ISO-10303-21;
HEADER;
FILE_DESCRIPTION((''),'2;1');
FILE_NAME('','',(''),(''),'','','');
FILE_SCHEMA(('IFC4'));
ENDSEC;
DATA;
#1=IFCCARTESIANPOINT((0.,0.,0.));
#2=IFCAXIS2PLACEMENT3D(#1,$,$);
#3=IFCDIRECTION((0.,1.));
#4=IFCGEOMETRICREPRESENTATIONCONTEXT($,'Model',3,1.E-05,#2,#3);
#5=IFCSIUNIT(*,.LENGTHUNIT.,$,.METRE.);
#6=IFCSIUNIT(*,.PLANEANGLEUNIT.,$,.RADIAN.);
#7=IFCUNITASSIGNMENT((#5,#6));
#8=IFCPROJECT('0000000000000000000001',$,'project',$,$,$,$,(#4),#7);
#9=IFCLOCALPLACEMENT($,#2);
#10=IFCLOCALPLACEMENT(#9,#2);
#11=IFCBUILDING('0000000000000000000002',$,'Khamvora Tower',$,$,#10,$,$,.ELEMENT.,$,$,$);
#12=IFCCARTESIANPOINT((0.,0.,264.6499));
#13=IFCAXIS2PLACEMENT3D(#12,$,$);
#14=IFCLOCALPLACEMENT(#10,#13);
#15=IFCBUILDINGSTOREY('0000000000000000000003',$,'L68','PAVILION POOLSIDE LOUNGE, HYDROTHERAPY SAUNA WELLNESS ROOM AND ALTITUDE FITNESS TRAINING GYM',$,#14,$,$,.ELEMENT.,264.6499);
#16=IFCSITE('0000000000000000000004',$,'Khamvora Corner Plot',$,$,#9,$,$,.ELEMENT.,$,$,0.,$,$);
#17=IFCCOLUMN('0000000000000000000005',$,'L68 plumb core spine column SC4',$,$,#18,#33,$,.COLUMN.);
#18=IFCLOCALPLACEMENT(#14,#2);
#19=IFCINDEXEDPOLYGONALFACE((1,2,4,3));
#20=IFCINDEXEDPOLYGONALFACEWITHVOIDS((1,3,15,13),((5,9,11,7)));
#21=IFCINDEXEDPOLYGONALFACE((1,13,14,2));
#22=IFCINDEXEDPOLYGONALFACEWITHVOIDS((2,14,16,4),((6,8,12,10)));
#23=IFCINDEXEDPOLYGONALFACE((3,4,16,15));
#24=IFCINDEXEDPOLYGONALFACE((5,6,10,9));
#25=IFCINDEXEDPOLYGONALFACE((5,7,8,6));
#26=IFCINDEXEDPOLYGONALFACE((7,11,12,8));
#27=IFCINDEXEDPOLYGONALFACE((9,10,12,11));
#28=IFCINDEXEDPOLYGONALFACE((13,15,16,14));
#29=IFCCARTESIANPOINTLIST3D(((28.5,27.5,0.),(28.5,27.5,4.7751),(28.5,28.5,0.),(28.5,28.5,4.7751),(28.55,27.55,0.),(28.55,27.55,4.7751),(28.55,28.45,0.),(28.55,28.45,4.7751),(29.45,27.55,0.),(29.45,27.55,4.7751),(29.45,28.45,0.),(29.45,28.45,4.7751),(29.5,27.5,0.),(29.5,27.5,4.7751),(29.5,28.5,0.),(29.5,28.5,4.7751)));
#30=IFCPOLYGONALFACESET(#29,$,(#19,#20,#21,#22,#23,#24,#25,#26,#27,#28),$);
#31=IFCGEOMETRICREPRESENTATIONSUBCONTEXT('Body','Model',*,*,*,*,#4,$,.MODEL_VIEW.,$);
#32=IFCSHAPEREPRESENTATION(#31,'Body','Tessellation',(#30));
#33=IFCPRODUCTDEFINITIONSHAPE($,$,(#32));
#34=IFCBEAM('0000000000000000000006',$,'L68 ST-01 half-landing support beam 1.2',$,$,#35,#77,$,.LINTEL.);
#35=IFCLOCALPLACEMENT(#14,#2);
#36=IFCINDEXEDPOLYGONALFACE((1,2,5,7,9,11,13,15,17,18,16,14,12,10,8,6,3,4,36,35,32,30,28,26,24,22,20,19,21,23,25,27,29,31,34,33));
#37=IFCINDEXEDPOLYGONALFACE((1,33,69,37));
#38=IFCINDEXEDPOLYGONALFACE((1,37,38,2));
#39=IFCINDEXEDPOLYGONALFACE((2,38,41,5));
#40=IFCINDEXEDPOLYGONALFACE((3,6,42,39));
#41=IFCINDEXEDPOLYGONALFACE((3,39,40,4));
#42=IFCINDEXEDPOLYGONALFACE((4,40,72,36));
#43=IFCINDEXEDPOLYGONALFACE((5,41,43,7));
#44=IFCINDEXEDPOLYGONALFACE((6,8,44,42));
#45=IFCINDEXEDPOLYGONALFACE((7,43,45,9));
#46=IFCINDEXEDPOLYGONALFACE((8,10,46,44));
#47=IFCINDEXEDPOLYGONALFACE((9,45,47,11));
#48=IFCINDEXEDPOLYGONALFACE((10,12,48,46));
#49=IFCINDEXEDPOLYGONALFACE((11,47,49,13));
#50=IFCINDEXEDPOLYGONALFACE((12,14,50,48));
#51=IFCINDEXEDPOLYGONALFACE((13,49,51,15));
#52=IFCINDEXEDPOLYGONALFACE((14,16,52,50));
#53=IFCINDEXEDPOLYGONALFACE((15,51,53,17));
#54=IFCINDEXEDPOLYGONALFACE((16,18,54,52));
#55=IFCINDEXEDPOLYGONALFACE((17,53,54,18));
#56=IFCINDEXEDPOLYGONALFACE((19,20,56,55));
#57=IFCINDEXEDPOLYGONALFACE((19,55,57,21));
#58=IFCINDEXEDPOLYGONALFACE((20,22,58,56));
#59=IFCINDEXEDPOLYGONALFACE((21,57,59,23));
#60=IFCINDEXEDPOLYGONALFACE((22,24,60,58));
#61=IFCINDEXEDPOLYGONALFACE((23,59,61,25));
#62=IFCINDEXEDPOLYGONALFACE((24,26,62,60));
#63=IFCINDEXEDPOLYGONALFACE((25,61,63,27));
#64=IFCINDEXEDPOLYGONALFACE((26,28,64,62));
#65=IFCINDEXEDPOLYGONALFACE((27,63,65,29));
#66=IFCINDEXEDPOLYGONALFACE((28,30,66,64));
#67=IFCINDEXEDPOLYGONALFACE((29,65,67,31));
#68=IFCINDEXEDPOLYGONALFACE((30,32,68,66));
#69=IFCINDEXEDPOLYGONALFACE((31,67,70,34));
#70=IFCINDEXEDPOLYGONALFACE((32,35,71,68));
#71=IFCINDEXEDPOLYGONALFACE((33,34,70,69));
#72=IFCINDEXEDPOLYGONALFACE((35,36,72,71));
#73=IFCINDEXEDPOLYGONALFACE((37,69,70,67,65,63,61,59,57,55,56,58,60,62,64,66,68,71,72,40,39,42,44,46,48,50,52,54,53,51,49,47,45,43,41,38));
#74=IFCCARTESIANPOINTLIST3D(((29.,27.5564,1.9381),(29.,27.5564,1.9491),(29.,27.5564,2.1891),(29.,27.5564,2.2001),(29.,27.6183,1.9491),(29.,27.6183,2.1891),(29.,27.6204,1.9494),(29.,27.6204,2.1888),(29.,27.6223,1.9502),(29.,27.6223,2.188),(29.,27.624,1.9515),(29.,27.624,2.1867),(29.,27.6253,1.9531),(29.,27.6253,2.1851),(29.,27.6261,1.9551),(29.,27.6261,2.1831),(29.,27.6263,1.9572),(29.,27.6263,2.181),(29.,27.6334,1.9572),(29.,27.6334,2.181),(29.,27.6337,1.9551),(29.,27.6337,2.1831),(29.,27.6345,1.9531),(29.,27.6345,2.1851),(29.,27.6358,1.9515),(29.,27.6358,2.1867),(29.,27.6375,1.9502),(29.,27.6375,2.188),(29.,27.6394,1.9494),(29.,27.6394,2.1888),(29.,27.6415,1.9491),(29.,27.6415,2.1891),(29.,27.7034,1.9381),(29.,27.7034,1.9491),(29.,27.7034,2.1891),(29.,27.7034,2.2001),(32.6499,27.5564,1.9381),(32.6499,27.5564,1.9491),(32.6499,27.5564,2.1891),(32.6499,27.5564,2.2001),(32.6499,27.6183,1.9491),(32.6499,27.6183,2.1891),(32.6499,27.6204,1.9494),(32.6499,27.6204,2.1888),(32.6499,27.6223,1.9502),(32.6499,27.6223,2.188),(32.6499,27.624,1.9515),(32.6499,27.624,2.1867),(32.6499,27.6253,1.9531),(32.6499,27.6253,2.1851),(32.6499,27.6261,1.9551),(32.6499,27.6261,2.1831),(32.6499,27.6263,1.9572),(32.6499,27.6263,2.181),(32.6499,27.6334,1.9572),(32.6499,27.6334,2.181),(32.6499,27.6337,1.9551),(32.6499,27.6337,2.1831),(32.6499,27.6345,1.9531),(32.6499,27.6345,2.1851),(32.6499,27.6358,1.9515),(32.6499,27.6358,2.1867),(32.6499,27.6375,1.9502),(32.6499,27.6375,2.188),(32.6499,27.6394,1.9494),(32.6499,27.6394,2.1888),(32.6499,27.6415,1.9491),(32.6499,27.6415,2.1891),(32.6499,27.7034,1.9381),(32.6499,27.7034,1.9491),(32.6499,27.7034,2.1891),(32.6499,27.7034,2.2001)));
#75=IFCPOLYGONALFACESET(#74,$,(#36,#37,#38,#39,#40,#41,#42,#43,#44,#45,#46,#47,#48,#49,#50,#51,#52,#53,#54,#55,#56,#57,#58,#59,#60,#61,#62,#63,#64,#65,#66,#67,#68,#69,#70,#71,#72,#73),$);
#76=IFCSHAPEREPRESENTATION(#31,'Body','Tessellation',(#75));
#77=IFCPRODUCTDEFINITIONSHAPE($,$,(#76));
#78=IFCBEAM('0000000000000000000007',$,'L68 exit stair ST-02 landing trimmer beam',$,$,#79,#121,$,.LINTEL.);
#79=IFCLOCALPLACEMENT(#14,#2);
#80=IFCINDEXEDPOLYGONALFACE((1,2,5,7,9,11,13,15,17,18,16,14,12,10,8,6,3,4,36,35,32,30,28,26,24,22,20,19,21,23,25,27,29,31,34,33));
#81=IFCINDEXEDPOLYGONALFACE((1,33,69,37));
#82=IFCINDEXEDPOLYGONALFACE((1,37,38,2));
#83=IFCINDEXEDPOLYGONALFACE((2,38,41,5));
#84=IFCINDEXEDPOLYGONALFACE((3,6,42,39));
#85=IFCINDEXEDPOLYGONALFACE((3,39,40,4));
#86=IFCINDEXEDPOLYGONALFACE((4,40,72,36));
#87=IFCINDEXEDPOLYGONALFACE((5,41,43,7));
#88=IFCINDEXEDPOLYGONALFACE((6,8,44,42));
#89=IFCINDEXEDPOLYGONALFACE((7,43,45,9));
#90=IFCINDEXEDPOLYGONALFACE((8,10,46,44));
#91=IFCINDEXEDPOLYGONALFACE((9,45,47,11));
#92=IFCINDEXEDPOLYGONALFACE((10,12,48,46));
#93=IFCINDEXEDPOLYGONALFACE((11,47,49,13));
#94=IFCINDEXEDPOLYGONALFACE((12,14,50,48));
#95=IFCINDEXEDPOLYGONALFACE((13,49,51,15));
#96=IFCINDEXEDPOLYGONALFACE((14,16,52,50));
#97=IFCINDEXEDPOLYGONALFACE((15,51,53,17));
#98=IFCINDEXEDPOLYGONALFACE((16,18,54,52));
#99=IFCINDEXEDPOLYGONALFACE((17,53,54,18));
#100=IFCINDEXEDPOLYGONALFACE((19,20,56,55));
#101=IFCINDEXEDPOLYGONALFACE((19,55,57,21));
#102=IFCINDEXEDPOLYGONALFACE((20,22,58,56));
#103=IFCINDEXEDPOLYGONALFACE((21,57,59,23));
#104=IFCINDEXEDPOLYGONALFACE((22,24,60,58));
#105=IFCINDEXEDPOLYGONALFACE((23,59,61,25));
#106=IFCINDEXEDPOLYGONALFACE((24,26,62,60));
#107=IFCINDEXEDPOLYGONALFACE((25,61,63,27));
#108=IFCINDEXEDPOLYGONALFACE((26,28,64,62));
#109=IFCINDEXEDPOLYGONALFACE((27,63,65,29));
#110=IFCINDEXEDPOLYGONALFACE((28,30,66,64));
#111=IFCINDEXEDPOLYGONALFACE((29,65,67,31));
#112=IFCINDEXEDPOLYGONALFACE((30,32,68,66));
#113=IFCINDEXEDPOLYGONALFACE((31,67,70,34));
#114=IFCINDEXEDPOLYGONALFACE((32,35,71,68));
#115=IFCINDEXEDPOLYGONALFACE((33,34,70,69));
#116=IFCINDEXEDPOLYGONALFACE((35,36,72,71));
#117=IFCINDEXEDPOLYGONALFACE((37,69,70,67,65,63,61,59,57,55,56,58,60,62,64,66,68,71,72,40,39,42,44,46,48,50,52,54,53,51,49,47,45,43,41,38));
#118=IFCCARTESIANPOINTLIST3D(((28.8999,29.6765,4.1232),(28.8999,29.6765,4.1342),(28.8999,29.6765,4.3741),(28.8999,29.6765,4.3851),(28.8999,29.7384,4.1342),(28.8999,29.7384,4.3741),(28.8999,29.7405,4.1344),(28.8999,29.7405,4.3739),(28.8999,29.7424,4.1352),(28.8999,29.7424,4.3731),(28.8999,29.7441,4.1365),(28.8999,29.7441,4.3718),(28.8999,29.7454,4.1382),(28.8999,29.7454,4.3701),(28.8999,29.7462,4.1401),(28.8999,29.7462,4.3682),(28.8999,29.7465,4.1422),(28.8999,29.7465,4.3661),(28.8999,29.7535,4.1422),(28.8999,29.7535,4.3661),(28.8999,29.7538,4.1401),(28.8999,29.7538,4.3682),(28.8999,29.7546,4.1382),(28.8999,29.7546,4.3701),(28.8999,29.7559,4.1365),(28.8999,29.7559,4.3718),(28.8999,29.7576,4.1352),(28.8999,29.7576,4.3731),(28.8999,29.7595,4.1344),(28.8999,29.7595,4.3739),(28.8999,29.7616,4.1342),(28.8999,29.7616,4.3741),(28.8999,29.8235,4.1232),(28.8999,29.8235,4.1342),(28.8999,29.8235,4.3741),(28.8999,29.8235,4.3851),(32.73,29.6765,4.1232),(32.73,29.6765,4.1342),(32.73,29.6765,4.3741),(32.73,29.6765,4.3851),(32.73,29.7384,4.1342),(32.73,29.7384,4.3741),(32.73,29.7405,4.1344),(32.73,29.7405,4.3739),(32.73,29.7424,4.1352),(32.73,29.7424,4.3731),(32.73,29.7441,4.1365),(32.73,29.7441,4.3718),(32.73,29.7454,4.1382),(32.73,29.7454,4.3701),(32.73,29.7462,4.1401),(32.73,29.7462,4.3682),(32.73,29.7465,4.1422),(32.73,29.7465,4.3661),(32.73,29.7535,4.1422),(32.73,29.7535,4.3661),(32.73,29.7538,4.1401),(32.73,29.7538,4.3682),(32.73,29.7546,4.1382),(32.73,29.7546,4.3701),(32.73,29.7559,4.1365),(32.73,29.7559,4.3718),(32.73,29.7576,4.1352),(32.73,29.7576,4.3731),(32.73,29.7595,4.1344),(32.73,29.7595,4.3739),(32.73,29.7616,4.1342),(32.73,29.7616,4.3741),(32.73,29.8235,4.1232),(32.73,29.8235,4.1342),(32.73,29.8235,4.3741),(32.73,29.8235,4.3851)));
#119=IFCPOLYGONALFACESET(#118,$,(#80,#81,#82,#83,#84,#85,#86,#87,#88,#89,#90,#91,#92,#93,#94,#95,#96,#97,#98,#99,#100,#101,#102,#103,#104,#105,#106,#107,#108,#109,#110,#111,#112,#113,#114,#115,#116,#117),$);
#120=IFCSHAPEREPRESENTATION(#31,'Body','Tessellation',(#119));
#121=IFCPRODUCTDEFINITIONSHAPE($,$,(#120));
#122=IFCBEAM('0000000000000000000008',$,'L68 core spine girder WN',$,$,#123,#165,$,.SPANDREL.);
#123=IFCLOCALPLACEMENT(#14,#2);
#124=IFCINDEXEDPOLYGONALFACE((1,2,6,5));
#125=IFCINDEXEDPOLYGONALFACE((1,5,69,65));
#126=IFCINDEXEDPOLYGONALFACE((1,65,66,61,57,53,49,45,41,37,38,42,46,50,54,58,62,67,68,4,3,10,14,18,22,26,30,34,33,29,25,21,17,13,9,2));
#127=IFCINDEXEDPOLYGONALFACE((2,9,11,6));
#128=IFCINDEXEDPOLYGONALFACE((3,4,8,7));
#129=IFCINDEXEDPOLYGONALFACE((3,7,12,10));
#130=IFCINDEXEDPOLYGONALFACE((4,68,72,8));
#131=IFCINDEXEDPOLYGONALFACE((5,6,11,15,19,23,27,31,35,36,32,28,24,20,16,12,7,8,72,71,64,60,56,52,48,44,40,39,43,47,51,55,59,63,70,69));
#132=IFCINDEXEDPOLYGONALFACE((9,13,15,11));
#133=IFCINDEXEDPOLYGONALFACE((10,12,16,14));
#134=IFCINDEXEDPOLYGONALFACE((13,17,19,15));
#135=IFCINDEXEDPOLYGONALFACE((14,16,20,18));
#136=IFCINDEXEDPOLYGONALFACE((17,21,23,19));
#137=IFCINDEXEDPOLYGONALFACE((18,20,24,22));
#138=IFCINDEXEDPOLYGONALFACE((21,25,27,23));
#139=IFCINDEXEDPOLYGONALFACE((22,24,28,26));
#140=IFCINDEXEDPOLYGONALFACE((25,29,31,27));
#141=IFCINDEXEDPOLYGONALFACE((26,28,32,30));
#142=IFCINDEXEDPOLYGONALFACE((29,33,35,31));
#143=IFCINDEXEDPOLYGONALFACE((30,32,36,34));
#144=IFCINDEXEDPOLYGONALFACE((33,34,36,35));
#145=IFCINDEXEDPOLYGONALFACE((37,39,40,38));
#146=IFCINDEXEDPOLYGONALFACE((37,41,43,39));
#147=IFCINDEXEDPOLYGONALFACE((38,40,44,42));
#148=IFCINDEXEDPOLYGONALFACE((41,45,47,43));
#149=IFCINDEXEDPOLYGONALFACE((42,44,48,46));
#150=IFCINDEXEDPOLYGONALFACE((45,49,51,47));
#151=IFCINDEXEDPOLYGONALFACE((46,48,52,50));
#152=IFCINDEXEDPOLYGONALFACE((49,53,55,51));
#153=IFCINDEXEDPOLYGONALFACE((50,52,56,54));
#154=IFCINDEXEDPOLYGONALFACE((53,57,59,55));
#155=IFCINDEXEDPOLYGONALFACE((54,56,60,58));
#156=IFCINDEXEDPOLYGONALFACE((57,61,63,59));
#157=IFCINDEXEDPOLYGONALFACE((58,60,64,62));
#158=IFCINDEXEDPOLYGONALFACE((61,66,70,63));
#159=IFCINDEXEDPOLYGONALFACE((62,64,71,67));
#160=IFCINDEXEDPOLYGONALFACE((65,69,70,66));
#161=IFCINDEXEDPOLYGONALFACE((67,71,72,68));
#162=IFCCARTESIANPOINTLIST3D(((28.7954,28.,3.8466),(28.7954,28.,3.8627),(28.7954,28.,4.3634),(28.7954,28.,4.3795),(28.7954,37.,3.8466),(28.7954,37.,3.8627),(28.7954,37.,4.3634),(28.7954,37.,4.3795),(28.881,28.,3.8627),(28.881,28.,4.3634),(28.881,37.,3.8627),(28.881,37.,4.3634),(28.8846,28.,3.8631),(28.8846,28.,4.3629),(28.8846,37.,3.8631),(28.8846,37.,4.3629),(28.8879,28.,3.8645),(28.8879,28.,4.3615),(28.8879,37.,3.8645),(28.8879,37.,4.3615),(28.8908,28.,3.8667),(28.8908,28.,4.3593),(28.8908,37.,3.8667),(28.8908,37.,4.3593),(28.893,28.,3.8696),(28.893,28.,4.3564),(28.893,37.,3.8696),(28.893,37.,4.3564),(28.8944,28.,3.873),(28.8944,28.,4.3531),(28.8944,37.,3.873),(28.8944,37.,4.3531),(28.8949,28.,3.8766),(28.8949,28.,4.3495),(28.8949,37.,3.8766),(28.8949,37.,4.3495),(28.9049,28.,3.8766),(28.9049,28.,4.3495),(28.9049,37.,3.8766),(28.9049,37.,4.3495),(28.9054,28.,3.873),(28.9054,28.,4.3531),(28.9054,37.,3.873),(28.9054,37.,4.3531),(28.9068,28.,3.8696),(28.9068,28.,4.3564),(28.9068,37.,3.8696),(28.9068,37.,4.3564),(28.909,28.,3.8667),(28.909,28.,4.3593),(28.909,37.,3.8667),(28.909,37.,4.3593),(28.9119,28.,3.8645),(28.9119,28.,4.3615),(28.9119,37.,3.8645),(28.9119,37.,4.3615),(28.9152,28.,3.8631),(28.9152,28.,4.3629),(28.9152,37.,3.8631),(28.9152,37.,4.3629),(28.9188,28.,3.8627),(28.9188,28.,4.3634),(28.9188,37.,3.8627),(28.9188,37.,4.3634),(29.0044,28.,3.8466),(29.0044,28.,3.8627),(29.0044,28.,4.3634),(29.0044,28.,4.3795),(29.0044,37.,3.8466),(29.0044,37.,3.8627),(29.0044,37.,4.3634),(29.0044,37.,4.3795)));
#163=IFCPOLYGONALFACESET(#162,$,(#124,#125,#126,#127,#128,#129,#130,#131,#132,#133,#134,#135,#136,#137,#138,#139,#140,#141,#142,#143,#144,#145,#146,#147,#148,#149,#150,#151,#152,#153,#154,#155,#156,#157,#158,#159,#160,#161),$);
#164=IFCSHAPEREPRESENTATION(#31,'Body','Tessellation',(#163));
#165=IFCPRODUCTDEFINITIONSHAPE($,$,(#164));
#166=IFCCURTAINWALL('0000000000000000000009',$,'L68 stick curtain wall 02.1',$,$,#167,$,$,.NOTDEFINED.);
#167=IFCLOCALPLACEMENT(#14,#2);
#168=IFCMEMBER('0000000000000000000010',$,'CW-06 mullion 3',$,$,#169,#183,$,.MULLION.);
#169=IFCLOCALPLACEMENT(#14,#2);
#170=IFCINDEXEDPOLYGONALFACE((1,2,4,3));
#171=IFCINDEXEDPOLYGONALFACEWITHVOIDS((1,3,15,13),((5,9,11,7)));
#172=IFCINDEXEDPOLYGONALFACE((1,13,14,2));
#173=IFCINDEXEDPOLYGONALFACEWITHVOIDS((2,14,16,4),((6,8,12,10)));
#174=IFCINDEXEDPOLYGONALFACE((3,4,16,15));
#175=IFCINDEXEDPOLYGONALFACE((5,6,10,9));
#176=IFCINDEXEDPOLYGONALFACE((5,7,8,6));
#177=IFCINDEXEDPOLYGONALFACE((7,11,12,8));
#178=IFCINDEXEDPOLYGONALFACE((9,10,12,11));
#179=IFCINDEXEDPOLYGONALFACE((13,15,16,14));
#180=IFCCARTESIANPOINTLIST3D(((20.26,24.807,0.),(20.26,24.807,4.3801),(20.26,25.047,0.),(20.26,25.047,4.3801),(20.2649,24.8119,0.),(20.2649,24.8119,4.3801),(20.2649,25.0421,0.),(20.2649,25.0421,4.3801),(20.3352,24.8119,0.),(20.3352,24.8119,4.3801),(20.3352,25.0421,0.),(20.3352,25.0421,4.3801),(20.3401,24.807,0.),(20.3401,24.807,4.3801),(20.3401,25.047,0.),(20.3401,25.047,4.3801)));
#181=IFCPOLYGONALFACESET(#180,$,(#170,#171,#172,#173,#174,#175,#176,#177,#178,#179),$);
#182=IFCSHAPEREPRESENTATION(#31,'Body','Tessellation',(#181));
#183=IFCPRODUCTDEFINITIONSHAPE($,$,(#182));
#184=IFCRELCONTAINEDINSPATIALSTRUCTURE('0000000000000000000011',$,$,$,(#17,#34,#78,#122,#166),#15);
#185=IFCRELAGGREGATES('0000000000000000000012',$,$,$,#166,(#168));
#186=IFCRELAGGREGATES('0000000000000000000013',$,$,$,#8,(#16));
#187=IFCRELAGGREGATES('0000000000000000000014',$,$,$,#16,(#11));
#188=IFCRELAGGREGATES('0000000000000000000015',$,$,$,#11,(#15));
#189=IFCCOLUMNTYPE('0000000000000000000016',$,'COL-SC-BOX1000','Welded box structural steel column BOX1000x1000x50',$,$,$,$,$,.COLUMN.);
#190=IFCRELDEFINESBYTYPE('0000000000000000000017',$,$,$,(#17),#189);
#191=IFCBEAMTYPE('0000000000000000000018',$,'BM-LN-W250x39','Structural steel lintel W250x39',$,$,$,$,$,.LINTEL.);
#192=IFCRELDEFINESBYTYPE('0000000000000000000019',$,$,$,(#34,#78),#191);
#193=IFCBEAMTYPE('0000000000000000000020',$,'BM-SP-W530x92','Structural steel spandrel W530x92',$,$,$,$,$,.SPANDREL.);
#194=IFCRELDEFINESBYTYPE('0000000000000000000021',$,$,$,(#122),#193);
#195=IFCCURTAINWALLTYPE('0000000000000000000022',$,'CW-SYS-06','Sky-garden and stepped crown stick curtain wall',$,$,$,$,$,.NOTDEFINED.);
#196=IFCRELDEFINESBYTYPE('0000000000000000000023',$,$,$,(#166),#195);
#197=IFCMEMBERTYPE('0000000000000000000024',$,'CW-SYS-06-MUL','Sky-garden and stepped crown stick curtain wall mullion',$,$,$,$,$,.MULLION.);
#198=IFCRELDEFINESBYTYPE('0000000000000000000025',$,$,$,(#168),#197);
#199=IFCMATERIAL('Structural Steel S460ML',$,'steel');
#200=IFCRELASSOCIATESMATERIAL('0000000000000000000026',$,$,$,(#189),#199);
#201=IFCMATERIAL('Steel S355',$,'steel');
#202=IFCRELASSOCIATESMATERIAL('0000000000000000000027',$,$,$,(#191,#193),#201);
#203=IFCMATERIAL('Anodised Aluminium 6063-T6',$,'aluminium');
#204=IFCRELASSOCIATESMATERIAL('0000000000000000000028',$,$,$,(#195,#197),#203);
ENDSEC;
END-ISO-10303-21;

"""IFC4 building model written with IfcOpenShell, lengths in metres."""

from ifc_helpers import new_model, si_unit, direction, frame, origin, origin_2d, place, context, subcontext, project, spatial, hollow_rectangle, i_section, extrude, material, material_profile, profile_set, type_object, element, aggregate, save


model = new_model("IFC4")

# Units and contexts
model_context = context("Model", 3, precision=1e-05, world=origin(), true_north=direction((0.0, 1.0)))
body_context = subcontext(model_context, "Body", "Model", "MODEL_VIEW")
ifc_project = project(units=[si_unit("LENGTHUNIT", "METRE"), si_unit("PLANEANGLEUNIT", "RADIAN")], contexts=[model_context])

# Site, building, storey
site_placement = place(None, origin())
site = spatial("IfcSite", under=ifc_project, at=site_placement, Name="Khamvora Corner Plot", CompositionType="ELEMENT", RefElevation=0.0)
building_placement = place(site_placement, origin())
building = spatial("IfcBuilding", under=site, at=building_placement, Name="Khamvora Tower", CompositionType="ELEMENT")
storey_placement = place(building_placement, frame((0.0, 0.0, 264.6499)))
storey = spatial("IfcBuildingStorey", under=building, at=storey_placement, Name="L68", Description="PAVILION POOLSIDE LOUNGE, HYDROTHERAPY SAUNA WELLNESS ROOM AND ALTITUDE FITNESS TRAINING GYM", CompositionType="ELEMENT", Elevation=264.6499)

# Column
ifc_material_1 = material(Name="Structural Steel S460ML", Category="steel")
ifc_material_profile_1 = material_profile(ifc_material_1, hollow_rectangle(XDim=1.0, YDim=1.0, WallThickness=0.05, at=origin_2d()), Name="BOX1000x1000x50")
ifc_profile_set_1 = profile_set([ifc_material_profile_1], Name="Structural Steel S460ML")
column_type = type_object("IfcColumnType", Name="COL-SC-BOX1000", Description="Welded box structural steel column BOX1000x1000x50", PredefinedType="COLUMN", material=ifc_profile_set_1)
column_placement = place(storey_placement, frame((29.0, 28.0, 0.0), z_axis=(0.0, 0.0, 1.0), x_axis=(1.0, 0.0, 0.0)))
element("IfcColumn", 1, at=column_placement, inside=storey, type_object=column_type, Name="L68 plumb core spine column SC4", PredefinedType="COLUMN", context=body_context, shape_type="SweptSolid", body=[
    extrude(hollow_rectangle(XDim=1.0, YDim=1.0, WallThickness=0.05, at=origin_2d()), origin(), (0.0, 0.0, 1.0), 4.7751),
])

# Beams
ifc_material_2 = material(Name="Steel S355", Category="steel")
ifc_material_profile_2 = material_profile(ifc_material_2, i_section(OverallWidth=0.147, OverallDepth=0.262, WebThickness=0.0071, FlangeThickness=0.011, FilletRadius=0.0081, at=origin_2d()), Name="W250x39")
ifc_profile_set_2 = profile_set([ifc_material_profile_2], Name="Steel S355")
beam_type_1 = type_object("IfcBeamType", Name="BM-LN-W250x39", Description="Structural steel lintel W250x39", PredefinedType="LINTEL", material=ifc_profile_set_2)
beam_1_placement = place(storey_placement, frame((29.0, 27.6299, 2.0691), z_axis=(1.0, 0.0, 0.0), x_axis=(0.0, 1.0, 0.0)))
element("IfcBeam", 2, at=beam_1_placement, inside=storey, type_object=beam_type_1, Name="L68 ST-01 half-landing support beam 1.2", PredefinedType="LINTEL", context=body_context, shape_type="SweptSolid", body=[
    extrude(i_section(OverallWidth=0.147, OverallDepth=0.262, WebThickness=0.0071, FlangeThickness=0.011, FilletRadius=0.0081, at=origin_2d()), origin(), (0.0, 0.0, 1.0), 3.6499),
])
beam_2_placement = place(storey_placement, frame((28.8999, 29.75, 4.2542), z_axis=(1.0, 0.0, 0.0), x_axis=(0.0, 1.0, 0.0)))
element("IfcBeam", 3, at=beam_2_placement, inside=storey, type_object=beam_type_1, Name="L68 exit stair ST-02 landing trimmer beam", PredefinedType="LINTEL", context=body_context, shape_type="SweptSolid", body=[
    extrude(i_section(OverallWidth=0.147, OverallDepth=0.262, WebThickness=0.0071, FlangeThickness=0.011, FilletRadius=0.0081, at=origin_2d()), origin(), (0.0, 0.0, 1.0), 3.8301),
])
ifc_material_profile_3 = material_profile(ifc_material_2, i_section(OverallWidth=0.209, OverallDepth=0.533, WebThickness=0.01, FlangeThickness=0.0161, FilletRadius=0.0139, at=origin_2d()), Name="W530x92")
ifc_profile_set_3 = profile_set([ifc_material_profile_3], Name="Steel S355")
beam_type_2 = type_object("IfcBeamType", Name="BM-SP-W530x92", Description="Structural steel spandrel W530x92", PredefinedType="SPANDREL", material=ifc_profile_set_3)
beam_3_placement = place(storey_placement, frame((28.8999, 28.0, 4.113), z_axis=(0.0, 1.0, 0.0), x_axis=(-1.0, 0.0, 0.0)))
element("IfcBeam", 4, at=beam_3_placement, inside=storey, type_object=beam_type_2, Name="L68 core spine girder WN", PredefinedType="SPANDREL", context=body_context, shape_type="SweptSolid", body=[
    extrude(i_section(OverallWidth=0.209, OverallDepth=0.533, WebThickness=0.01, FlangeThickness=0.0161, FilletRadius=0.0139, at=origin_2d()), origin(), (0.0, 0.0, 1.0), 9.0),
])

# Curtain wall, member
ifc_material_3 = material(Name="Anodised Aluminium 6063-T6", Category="aluminium")
curtain_wall_type = type_object("IfcCurtainWallType", Name="CW-SYS-06", Description="Sky-garden and stepped crown stick curtain wall", PredefinedType="NOTDEFINED", material=ifc_material_3)
curtain_wall_placement = place(storey_placement, origin())
curtain_wall = element("IfcCurtainWall", 5, at=curtain_wall_placement, inside=storey, type_object=curtain_wall_type, Name="L68 stick curtain wall 02.1", PredefinedType="NOTDEFINED")
ifc_material_profile_4 = material_profile(ifc_material_3, hollow_rectangle(XDim=0.0801, YDim=0.24, WallThickness=0.0049, at=origin_2d()), Name="MUL80x240x5")
ifc_profile_set_4 = profile_set([ifc_material_profile_4], Name="Anodised Aluminium 6063-T6")
member_type = type_object("IfcMemberType", Name="CW-SYS-06-MUL", Description="Sky-garden and stepped crown stick curtain wall mullion", PredefinedType="MULLION", material=ifc_profile_set_4)
member_placement = place(storey_placement, frame((20.3, 24.927, 0.0), z_axis=(0.0, 0.0, 1.0), x_axis=(-1.0, 0.0, 0.0)))
member = element("IfcMember", 6, at=member_placement, type_object=member_type, Name="CW-06 mullion 3", PredefinedType="MULLION", context=body_context, shape_type="SweptSolid", body=[
    extrude(hollow_rectangle(XDim=0.0801, YDim=0.24, WallThickness=0.0049, at=origin_2d()), origin(), (0.0, 0.0, 1.0), 4.3801),
])
aggregate(curtain_wall, [member])

save(model, "model.ifc")
